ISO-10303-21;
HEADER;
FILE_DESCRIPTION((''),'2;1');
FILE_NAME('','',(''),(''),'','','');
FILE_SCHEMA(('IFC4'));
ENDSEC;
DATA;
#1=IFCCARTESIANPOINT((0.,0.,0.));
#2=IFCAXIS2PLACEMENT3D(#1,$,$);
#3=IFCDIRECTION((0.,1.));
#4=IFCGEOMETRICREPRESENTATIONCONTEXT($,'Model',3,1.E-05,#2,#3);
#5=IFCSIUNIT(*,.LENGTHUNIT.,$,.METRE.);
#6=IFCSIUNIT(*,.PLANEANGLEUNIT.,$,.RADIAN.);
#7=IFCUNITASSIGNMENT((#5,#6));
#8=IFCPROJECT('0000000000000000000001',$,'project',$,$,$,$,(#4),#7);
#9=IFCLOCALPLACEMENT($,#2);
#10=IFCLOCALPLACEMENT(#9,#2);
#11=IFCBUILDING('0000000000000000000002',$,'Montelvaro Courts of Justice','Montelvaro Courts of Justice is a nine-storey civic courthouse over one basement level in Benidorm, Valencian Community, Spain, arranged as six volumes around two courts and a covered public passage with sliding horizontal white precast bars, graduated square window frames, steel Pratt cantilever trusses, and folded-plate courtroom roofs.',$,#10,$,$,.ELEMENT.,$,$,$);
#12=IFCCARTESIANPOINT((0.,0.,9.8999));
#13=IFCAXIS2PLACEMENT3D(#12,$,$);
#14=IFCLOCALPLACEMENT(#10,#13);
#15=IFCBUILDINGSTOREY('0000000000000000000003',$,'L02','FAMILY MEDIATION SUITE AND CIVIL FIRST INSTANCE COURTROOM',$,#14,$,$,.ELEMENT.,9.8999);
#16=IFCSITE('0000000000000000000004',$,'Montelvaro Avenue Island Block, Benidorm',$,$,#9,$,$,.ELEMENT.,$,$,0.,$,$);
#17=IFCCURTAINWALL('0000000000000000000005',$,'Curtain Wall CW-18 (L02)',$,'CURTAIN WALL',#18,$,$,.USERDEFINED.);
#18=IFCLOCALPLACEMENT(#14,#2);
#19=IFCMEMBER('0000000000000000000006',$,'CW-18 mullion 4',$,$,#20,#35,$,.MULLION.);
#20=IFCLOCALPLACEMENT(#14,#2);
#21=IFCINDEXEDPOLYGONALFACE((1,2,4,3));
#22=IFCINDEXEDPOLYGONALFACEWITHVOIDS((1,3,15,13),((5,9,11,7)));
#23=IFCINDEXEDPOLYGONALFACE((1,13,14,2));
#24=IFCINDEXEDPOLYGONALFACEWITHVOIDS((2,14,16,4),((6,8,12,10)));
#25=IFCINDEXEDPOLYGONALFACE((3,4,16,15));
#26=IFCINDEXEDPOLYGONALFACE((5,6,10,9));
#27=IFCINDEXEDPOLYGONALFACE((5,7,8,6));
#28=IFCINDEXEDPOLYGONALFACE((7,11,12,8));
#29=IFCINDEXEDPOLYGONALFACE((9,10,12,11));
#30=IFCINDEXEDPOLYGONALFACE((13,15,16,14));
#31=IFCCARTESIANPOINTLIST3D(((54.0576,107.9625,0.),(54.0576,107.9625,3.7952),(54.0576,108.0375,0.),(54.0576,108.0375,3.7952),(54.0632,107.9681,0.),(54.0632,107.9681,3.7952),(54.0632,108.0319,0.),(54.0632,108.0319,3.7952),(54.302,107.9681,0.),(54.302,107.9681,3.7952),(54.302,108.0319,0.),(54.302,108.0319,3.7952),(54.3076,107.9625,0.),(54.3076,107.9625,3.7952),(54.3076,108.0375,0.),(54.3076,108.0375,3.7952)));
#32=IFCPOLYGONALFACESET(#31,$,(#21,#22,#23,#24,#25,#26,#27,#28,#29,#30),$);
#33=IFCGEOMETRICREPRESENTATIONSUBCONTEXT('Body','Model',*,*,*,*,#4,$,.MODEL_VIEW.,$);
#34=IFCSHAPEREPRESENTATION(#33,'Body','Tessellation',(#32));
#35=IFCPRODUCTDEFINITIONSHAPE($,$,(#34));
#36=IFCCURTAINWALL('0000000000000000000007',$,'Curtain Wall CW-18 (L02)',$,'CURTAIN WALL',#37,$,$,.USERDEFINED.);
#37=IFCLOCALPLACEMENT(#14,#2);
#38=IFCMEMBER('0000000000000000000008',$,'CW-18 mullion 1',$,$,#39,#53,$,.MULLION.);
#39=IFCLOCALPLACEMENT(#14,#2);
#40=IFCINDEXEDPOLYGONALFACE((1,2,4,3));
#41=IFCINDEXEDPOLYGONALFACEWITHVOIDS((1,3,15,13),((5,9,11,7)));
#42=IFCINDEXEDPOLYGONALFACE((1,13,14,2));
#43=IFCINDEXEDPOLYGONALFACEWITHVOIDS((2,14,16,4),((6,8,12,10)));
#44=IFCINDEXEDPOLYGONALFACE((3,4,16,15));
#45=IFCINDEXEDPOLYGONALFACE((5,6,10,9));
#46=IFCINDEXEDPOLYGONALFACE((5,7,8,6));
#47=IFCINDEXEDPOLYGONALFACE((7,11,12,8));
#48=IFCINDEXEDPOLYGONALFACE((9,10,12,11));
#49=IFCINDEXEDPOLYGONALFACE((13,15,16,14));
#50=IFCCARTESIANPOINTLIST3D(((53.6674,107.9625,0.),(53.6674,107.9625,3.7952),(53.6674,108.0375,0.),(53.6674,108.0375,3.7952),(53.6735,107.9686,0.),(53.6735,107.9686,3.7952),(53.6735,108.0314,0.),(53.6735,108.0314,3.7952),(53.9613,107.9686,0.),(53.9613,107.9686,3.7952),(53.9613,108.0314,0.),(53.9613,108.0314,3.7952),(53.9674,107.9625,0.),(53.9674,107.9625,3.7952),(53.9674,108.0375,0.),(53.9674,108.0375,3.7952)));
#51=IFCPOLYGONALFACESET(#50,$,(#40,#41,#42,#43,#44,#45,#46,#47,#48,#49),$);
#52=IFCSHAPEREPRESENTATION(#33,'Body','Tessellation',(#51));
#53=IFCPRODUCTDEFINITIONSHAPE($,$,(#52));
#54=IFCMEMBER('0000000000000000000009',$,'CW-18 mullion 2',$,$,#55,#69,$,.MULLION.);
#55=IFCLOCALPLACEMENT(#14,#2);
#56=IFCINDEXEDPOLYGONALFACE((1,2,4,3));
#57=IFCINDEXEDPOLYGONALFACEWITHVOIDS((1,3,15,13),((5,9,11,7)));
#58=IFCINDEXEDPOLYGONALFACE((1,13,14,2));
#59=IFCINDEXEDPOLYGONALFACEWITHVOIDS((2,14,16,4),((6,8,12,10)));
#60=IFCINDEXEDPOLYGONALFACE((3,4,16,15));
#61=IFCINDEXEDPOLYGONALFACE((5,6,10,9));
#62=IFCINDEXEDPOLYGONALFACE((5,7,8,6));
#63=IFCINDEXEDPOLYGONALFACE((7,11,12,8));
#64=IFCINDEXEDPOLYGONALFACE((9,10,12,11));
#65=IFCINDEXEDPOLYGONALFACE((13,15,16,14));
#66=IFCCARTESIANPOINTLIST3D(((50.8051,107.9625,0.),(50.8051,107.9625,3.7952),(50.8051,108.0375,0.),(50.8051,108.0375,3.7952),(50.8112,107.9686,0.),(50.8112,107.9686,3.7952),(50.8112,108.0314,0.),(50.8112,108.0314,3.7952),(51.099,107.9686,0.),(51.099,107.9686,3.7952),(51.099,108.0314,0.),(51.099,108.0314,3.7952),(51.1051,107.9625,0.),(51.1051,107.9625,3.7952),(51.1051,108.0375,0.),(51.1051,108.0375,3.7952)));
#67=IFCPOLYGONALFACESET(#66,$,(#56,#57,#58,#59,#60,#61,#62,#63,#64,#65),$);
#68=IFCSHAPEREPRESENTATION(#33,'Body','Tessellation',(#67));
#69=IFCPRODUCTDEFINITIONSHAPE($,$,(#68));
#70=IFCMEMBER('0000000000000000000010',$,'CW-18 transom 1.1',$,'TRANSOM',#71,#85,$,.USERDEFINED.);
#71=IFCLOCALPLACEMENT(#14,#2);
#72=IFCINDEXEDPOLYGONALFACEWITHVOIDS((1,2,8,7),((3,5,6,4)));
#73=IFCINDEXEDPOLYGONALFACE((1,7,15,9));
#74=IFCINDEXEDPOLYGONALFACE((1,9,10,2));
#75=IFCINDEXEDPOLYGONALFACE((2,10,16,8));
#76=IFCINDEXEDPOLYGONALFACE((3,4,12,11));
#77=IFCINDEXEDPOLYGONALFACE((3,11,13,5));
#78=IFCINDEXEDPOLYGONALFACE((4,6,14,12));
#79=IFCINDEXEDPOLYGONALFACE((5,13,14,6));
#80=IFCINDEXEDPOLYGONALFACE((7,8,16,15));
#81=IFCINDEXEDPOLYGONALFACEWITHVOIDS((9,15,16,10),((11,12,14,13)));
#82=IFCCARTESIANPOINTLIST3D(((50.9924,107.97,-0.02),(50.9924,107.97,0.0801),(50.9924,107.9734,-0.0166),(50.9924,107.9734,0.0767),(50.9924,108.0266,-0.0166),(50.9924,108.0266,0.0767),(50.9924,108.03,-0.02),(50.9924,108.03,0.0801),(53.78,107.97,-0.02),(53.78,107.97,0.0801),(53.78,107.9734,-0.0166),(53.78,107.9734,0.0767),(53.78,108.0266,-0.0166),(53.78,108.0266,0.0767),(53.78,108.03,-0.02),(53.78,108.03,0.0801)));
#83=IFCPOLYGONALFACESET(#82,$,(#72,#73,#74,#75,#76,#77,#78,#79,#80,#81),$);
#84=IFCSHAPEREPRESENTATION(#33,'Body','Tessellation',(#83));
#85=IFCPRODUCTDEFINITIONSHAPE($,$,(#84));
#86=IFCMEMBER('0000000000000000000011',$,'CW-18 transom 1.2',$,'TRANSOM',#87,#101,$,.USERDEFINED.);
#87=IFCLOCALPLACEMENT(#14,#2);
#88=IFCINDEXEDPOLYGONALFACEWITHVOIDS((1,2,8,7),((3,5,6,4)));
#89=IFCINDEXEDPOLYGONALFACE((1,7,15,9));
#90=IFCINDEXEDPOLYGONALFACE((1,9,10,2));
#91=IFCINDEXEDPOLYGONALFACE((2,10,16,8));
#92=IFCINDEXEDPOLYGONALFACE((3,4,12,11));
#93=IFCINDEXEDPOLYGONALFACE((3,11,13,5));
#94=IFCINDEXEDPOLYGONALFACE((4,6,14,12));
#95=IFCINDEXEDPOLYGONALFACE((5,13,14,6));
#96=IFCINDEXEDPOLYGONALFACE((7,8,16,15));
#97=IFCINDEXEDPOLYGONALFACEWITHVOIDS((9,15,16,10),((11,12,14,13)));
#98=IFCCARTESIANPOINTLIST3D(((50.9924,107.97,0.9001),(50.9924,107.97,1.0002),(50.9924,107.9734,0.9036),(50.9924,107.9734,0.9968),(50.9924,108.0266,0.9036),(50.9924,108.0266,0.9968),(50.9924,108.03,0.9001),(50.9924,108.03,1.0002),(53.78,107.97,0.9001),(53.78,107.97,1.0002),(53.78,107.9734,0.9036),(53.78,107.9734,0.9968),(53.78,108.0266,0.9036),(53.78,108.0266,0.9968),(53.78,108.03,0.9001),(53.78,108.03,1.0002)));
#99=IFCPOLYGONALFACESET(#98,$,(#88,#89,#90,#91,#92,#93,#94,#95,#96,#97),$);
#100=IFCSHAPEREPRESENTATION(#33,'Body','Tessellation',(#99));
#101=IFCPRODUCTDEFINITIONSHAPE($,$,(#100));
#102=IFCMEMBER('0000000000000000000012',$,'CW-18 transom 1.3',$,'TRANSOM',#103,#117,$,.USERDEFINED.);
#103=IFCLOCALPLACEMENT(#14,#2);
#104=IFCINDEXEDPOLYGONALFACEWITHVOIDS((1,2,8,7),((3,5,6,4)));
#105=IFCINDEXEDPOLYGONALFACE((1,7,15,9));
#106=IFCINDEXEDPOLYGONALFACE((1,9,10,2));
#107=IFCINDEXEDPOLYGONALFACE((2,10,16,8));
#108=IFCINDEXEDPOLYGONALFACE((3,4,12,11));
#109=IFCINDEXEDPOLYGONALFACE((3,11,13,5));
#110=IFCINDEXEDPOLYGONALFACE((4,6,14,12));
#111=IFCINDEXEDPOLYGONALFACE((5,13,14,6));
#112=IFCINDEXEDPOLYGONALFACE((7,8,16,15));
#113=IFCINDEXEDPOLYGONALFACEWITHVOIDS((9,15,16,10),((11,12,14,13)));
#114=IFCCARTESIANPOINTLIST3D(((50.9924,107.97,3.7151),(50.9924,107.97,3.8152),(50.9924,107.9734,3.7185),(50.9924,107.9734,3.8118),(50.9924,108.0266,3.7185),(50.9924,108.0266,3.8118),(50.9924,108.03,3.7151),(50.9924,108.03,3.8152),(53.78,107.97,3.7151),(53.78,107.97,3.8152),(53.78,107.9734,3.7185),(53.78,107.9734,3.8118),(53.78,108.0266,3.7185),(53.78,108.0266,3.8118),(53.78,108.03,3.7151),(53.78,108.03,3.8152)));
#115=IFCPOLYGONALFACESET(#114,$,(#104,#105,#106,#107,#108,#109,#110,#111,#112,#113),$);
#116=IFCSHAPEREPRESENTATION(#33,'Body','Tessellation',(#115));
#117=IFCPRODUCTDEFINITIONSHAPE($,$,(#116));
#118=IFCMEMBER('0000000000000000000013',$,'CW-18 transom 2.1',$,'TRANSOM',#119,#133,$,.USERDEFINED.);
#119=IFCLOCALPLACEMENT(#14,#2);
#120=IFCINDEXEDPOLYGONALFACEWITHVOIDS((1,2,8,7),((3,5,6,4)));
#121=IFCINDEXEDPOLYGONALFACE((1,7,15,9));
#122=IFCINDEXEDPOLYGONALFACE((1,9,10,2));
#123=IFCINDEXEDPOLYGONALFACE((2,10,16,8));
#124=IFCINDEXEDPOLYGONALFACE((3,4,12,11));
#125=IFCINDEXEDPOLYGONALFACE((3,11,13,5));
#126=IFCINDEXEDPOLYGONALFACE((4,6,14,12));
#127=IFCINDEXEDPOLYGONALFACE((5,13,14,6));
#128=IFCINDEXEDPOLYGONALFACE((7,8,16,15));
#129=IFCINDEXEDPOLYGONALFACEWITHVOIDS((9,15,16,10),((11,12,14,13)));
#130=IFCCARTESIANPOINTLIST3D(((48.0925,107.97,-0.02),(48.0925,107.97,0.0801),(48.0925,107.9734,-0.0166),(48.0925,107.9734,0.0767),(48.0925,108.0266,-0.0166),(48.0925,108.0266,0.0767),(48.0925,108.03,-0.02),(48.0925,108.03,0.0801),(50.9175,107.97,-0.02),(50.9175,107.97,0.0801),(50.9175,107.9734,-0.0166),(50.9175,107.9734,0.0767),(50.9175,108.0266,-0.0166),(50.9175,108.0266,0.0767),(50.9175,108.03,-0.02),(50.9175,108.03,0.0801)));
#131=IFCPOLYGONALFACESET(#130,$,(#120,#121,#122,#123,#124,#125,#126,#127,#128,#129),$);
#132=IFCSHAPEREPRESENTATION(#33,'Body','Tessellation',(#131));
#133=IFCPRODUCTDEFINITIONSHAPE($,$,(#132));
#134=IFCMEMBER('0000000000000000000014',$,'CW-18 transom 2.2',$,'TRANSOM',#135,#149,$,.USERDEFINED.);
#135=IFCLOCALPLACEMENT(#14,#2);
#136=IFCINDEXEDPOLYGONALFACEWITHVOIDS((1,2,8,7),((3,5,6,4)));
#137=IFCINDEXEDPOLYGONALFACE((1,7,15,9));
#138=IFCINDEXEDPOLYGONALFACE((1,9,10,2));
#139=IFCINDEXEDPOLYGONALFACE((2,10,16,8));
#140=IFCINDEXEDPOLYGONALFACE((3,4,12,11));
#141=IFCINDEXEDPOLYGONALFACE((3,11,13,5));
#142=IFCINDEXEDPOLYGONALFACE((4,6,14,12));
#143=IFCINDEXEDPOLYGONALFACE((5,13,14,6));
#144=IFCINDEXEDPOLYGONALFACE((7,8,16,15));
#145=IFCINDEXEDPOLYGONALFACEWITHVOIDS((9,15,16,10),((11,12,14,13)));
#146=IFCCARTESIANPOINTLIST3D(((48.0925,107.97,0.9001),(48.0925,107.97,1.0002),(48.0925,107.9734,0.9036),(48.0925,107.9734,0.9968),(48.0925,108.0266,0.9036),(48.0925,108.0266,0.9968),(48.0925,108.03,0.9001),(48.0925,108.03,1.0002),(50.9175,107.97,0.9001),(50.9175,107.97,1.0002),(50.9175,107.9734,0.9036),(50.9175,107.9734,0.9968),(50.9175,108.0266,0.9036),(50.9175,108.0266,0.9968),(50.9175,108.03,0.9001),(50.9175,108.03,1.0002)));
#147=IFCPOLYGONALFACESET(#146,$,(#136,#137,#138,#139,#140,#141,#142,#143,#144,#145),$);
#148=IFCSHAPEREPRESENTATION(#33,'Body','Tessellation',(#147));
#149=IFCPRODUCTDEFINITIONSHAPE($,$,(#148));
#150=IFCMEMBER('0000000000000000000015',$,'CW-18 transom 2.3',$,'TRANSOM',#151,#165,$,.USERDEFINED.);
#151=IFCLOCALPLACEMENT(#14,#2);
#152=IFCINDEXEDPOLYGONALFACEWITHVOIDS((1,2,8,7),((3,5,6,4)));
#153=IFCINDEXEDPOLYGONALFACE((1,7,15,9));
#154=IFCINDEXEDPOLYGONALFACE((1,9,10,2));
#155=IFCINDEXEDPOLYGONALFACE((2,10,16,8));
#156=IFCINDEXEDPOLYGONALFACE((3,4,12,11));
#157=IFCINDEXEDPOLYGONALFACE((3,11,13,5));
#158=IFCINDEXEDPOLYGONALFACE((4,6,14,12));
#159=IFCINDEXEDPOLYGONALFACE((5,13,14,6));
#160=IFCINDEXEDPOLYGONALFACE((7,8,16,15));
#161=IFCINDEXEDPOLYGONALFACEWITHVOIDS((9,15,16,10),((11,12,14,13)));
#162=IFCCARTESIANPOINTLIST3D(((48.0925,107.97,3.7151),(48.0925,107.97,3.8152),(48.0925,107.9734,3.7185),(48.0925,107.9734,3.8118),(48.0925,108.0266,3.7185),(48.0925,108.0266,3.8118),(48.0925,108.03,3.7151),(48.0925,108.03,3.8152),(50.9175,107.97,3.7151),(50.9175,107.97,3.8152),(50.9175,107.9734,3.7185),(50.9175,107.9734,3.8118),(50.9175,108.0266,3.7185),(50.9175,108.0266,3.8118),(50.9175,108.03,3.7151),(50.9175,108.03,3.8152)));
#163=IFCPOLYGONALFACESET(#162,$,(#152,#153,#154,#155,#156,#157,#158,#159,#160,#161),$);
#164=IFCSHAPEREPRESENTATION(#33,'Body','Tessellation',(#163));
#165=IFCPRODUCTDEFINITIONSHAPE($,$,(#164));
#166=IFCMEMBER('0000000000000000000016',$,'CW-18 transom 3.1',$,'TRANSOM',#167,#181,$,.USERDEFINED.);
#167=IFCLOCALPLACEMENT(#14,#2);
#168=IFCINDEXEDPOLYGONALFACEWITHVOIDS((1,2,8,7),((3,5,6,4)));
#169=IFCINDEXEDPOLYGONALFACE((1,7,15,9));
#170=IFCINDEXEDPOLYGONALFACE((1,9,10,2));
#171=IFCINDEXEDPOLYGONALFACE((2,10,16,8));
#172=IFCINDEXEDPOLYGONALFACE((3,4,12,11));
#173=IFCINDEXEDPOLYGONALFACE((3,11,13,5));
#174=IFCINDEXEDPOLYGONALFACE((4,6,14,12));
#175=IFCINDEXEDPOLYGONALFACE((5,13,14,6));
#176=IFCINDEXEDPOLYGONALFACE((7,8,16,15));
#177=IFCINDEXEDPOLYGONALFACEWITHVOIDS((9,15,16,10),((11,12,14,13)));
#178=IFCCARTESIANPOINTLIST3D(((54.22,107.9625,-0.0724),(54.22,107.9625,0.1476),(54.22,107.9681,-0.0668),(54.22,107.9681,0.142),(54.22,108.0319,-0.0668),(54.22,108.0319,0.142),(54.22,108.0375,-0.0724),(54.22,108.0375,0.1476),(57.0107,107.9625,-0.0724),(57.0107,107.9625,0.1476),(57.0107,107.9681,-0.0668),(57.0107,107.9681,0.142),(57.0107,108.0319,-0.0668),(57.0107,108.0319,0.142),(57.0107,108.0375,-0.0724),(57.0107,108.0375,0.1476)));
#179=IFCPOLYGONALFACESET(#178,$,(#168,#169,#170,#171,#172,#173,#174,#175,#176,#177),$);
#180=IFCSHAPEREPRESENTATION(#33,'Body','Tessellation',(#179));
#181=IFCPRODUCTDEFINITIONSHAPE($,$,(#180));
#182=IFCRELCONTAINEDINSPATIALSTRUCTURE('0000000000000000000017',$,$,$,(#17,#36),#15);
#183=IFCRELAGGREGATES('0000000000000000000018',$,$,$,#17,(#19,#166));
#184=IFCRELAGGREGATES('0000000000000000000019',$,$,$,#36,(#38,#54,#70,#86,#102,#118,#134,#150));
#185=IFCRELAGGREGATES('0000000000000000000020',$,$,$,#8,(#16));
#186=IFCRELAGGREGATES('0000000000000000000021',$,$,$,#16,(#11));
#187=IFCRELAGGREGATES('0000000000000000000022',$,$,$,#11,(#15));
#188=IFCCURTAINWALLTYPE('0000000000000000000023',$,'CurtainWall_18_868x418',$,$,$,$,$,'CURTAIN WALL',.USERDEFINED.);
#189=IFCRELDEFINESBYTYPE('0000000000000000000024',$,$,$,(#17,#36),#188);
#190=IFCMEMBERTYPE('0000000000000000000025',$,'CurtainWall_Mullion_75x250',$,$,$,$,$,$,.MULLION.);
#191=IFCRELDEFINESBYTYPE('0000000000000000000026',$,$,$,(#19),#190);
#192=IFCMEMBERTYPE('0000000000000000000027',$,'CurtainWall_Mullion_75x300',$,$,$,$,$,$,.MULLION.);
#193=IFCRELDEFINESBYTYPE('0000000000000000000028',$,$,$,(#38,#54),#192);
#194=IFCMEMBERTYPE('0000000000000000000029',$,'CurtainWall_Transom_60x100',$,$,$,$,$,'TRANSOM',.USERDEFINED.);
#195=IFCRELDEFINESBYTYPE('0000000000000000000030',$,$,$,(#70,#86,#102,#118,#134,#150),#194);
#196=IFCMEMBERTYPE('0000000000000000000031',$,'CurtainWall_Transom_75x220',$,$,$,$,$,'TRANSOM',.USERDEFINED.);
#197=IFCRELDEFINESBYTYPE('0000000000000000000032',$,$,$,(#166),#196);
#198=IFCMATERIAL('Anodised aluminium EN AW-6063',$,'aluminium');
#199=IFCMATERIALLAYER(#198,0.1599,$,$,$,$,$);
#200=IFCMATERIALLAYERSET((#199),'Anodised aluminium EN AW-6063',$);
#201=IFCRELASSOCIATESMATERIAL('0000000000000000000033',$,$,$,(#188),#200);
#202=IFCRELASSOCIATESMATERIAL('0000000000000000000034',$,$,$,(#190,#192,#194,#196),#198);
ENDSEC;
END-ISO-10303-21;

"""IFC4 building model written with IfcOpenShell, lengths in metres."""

from ifc_helpers import new_model, si_unit, direction, frame, origin, origin_2d, place, context, subcontext, project, spatial, hollow_rectangle, extrude, material, layer, layer_set, material_profile, profile_set, type_object, element, aggregate, save


model = new_model("IFC4")

# Units and contexts
model_context = context("Model", 3, precision=1e-05, world=origin(), true_north=direction((0.0, 1.0)))
body_context = subcontext(model_context, "Body", "Model", "MODEL_VIEW")
ifc_project = project(units=[si_unit("LENGTHUNIT", "METRE"), si_unit("PLANEANGLEUNIT", "RADIAN")], contexts=[model_context])

# Site, building, storey
site_placement = place(None, origin())
site = spatial("IfcSite", under=ifc_project, at=site_placement, Name="Montelvaro Avenue Island Block, Benidorm", CompositionType="ELEMENT", RefElevation=0.0)
building_placement = place(site_placement, origin())
building = spatial("IfcBuilding", under=site, at=building_placement, Name="Montelvaro Courts of Justice", Description="Montelvaro Courts of Justice is a nine-storey civic courthouse over one basement level in Benidorm, Valencian Community, Spain, arranged as six volumes around two courts and a covered public passage with sliding horizontal white precast bars, graduated square window frames, steel Pratt cantilever trusses, and folded-plate courtroom roofs.", CompositionType="ELEMENT")
storey_placement = place(building_placement, frame((0.0, 0.0, 9.8999)))
storey = spatial("IfcBuildingStorey", under=building, at=storey_placement, Name="L02", Description="FAMILY MEDIATION SUITE AND CIVIL FIRST INSTANCE COURTROOM", CompositionType="ELEMENT", Elevation=9.8999)

# Curtain walls, members
ifc_material_1 = material(Name="Anodised aluminium EN AW-6063", Category="aluminium")
ifc_layer_1 = layer(ifc_material_1, 0.1599)
ifc_layer_set_1 = layer_set([ifc_layer_1], Name="Anodised aluminium EN AW-6063")
curtain_wall_type = type_object("IfcCurtainWallType", Name="CurtainWall_18_868x418", ElementType="CURTAIN WALL", PredefinedType="USERDEFINED", material=ifc_layer_set_1)
curtain_wall_1_placement = place(storey_placement, origin())
curtain_wall_1 = element("IfcCurtainWall", 1, at=curtain_wall_1_placement, inside=storey, type_object=curtain_wall_type, Name="Curtain Wall CW-18 (L02)", ObjectType="CURTAIN WALL", PredefinedType="USERDEFINED")
ifc_material_profile_1 = material_profile(ifc_material_1, hollow_rectangle(XDim=0.075, YDim=0.25, WallThickness=0.0056, at=origin_2d()), Name="ALU-M 75x250")
ifc_profile_set_1 = profile_set([ifc_material_profile_1], Name="Anodised aluminium EN AW-6063")
member_type_1 = type_object("IfcMemberType", Name="CurtainWall_Mullion_75x250", PredefinedType="MULLION", material=ifc_profile_set_1)
member_1_placement = place(storey_placement, frame((54.1826, 108.0, 0.0), z_axis=(0.0, 0.0, 1.0), x_axis=(0.0, -1.0, 0.0)))
member_1 = element("IfcMember", 2, at=member_1_placement, type_object=member_type_1, Name="CW-18 mullion 4", PredefinedType="MULLION", context=body_context, shape_type="SweptSolid", body=[
    extrude(hollow_rectangle(XDim=0.075, YDim=0.25, WallThickness=0.0056, at=origin_2d()), origin(), (0.0, 0.0, 1.0), 3.7952),
])
curtain_wall_2_placement = place(storey_placement, origin())
curtain_wall_2 = element("IfcCurtainWall", 3, at=curtain_wall_2_placement, inside=storey, type_object=curtain_wall_type, Name="Curtain Wall CW-18 (L02)", ObjectType="CURTAIN WALL", PredefinedType="USERDEFINED")
ifc_material_profile_2 = material_profile(ifc_material_1, hollow_rectangle(XDim=0.075, YDim=0.3, WallThickness=0.0061, at=origin_2d()), Name="ALU-M 75x300")
ifc_profile_set_2 = profile_set([ifc_material_profile_2], Name="Anodised aluminium EN AW-6063")
member_type_2 = type_object("IfcMemberType", Name="CurtainWall_Mullion_75x300", PredefinedType="MULLION", material=ifc_profile_set_2)
member_2_placement = place(storey_placement, frame((53.8174, 108.0, 0.0), z_axis=(0.0, 0.0, 1.0), x_axis=(0.0, -1.0, 0.0)))
member_2 = element("IfcMember", 4, at=member_2_placement, type_object=member_type_2, Name="CW-18 mullion 1", PredefinedType="MULLION", context=body_context, shape_type="SweptSolid", body=[
    extrude(hollow_rectangle(XDim=0.075, YDim=0.3, WallThickness=0.0061, at=origin_2d()), origin(), (0.0, 0.0, 1.0), 3.7952),
])
member_3_placement = place(storey_placement, frame((50.9551, 108.0, 0.0), z_axis=(0.0, 0.0, 1.0), x_axis=(0.0, -1.0, 0.0)))
member_3 = element("IfcMember", 5, at=member_3_placement, type_object=member_type_2, Name="CW-18 mullion 2", PredefinedType="MULLION", context=body_context, shape_type="SweptSolid", body=[
    extrude(hollow_rectangle(XDim=0.075, YDim=0.3, WallThickness=0.0061, at=origin_2d()), origin(), (0.0, 0.0, 1.0), 3.7952),
])
ifc_material_profile_3 = material_profile(ifc_material_1, hollow_rectangle(XDim=0.0601, YDim=0.1001, WallThickness=0.0034, at=origin_2d()), Name="ALU-T 60x100")
ifc_profile_set_3 = profile_set([ifc_material_profile_3], Name="Anodised aluminium EN AW-6063")
member_type_3 = type_object("IfcMemberType", Name="CurtainWall_Transom_60x100", ElementType="TRANSOM", PredefinedType="USERDEFINED", material=ifc_profile_set_3)
member_4_placement = place(storey_placement, frame((53.78, 108.0, 0.03), z_axis=(-1.0, 0.0, 0.0), x_axis=(0.0, -1.0, 0.0)))
member_4 = element("IfcMember", 6, at=member_4_placement, type_object=member_type_3, Name="CW-18 transom 1.1", ObjectType="TRANSOM", PredefinedType="USERDEFINED", context=body_context, shape_type="SweptSolid", body=[
    extrude(hollow_rectangle(XDim=0.0601, YDim=0.1001, WallThickness=0.0034, at=origin_2d()), origin(), (0.0, 0.0, 1.0), 2.7876),
])
member_5_placement = place(storey_placement, frame((53.78, 108.0, 0.9502), z_axis=(-1.0, 0.0, 0.0), x_axis=(0.0, -1.0, 0.0)))
member_5 = element("IfcMember", 7, at=member_5_placement, type_object=member_type_3, Name="CW-18 transom 1.2", ObjectType="TRANSOM", PredefinedType="USERDEFINED", context=body_context, shape_type="SweptSolid", body=[
    extrude(hollow_rectangle(XDim=0.0601, YDim=0.1001, WallThickness=0.0034, at=origin_2d()), origin(), (0.0, 0.0, 1.0), 2.7876),
])
member_6_placement = place(storey_placement, frame((53.78, 108.0, 3.7651), z_axis=(-1.0, 0.0, 0.0), x_axis=(0.0, -1.0, 0.0)))
member_6 = element("IfcMember", 8, at=member_6_placement, type_object=member_type_3, Name="CW-18 transom 1.3", ObjectType="TRANSOM", PredefinedType="USERDEFINED", context=body_context, shape_type="SweptSolid", body=[
    extrude(hollow_rectangle(XDim=0.0601, YDim=0.1001, WallThickness=0.0034, at=origin_2d()), origin(), (0.0, 0.0, 1.0), 2.7876),
])
member_7_placement = place(storey_placement, frame((50.9175, 108.0, 0.03), z_axis=(-1.0, 0.0, 0.0), x_axis=(0.0, -1.0, 0.0)))
member_7 = element("IfcMember", 9, at=member_7_placement, type_object=member_type_3, Name="CW-18 transom 2.1", ObjectType="TRANSOM", PredefinedType="USERDEFINED", context=body_context, shape_type="SweptSolid", body=[
    extrude(hollow_rectangle(XDim=0.0601, YDim=0.1001, WallThickness=0.0034, at=origin_2d()), origin(), (0.0, 0.0, 1.0), 2.825),
])
member_8_placement = place(storey_placement, frame((50.9175, 108.0, 0.9502), z_axis=(-1.0, 0.0, 0.0), x_axis=(0.0, -1.0, 0.0)))
member_8 = element("IfcMember", 10, at=member_8_placement, type_object=member_type_3, Name="CW-18 transom 2.2", ObjectType="TRANSOM", PredefinedType="USERDEFINED", context=body_context, shape_type="SweptSolid", body=[
    extrude(hollow_rectangle(XDim=0.0601, YDim=0.1001, WallThickness=0.0034, at=origin_2d()), origin(), (0.0, 0.0, 1.0), 2.825),
])
member_9_placement = place(storey_placement, frame((50.9175, 108.0, 3.7651), z_axis=(-1.0, 0.0, 0.0), x_axis=(0.0, -1.0, 0.0)))
member_9 = element("IfcMember", 11, at=member_9_placement, type_object=member_type_3, Name="CW-18 transom 2.3", ObjectType="TRANSOM", PredefinedType="USERDEFINED", context=body_context, shape_type="SweptSolid", body=[
    extrude(hollow_rectangle(XDim=0.0601, YDim=0.1001, WallThickness=0.0034, at=origin_2d()), origin(), (0.0, 0.0, 1.0), 2.825),
])

# Member
ifc_material_profile_4 = material_profile(ifc_material_1, hollow_rectangle(XDim=0.075, YDim=0.22, WallThickness=0.0056, at=origin_2d()), Name="ALU-T 75x220")
ifc_profile_set_4 = profile_set([ifc_material_profile_4], Name="Anodised aluminium EN AW-6063")
member_type_4 = type_object("IfcMemberType", Name="CurtainWall_Transom_75x220", ElementType="TRANSOM", PredefinedType="USERDEFINED", material=ifc_profile_set_4)
member_10_placement = place(storey_placement, frame((57.0107, 108.0, 0.0376), z_axis=(-1.0, 0.0, 0.0), x_axis=(0.0, -1.0, 0.0)))
member_10 = element("IfcMember", 12, at=member_10_placement, type_object=member_type_4, Name="CW-18 transom 3.1", ObjectType="TRANSOM", PredefinedType="USERDEFINED", context=body_context, shape_type="SweptSolid", body=[
    extrude(hollow_rectangle(XDim=0.075, YDim=0.22, WallThickness=0.0056, at=origin_2d()), origin(), (0.0, 0.0, 1.0), 2.7908),
])

aggregate(curtain_wall_1, [member_1, member_10])
aggregate(curtain_wall_2, [member_2, member_3, member_4, member_5, member_6, member_7, member_8, member_9])

save(model, "model.ifc")
